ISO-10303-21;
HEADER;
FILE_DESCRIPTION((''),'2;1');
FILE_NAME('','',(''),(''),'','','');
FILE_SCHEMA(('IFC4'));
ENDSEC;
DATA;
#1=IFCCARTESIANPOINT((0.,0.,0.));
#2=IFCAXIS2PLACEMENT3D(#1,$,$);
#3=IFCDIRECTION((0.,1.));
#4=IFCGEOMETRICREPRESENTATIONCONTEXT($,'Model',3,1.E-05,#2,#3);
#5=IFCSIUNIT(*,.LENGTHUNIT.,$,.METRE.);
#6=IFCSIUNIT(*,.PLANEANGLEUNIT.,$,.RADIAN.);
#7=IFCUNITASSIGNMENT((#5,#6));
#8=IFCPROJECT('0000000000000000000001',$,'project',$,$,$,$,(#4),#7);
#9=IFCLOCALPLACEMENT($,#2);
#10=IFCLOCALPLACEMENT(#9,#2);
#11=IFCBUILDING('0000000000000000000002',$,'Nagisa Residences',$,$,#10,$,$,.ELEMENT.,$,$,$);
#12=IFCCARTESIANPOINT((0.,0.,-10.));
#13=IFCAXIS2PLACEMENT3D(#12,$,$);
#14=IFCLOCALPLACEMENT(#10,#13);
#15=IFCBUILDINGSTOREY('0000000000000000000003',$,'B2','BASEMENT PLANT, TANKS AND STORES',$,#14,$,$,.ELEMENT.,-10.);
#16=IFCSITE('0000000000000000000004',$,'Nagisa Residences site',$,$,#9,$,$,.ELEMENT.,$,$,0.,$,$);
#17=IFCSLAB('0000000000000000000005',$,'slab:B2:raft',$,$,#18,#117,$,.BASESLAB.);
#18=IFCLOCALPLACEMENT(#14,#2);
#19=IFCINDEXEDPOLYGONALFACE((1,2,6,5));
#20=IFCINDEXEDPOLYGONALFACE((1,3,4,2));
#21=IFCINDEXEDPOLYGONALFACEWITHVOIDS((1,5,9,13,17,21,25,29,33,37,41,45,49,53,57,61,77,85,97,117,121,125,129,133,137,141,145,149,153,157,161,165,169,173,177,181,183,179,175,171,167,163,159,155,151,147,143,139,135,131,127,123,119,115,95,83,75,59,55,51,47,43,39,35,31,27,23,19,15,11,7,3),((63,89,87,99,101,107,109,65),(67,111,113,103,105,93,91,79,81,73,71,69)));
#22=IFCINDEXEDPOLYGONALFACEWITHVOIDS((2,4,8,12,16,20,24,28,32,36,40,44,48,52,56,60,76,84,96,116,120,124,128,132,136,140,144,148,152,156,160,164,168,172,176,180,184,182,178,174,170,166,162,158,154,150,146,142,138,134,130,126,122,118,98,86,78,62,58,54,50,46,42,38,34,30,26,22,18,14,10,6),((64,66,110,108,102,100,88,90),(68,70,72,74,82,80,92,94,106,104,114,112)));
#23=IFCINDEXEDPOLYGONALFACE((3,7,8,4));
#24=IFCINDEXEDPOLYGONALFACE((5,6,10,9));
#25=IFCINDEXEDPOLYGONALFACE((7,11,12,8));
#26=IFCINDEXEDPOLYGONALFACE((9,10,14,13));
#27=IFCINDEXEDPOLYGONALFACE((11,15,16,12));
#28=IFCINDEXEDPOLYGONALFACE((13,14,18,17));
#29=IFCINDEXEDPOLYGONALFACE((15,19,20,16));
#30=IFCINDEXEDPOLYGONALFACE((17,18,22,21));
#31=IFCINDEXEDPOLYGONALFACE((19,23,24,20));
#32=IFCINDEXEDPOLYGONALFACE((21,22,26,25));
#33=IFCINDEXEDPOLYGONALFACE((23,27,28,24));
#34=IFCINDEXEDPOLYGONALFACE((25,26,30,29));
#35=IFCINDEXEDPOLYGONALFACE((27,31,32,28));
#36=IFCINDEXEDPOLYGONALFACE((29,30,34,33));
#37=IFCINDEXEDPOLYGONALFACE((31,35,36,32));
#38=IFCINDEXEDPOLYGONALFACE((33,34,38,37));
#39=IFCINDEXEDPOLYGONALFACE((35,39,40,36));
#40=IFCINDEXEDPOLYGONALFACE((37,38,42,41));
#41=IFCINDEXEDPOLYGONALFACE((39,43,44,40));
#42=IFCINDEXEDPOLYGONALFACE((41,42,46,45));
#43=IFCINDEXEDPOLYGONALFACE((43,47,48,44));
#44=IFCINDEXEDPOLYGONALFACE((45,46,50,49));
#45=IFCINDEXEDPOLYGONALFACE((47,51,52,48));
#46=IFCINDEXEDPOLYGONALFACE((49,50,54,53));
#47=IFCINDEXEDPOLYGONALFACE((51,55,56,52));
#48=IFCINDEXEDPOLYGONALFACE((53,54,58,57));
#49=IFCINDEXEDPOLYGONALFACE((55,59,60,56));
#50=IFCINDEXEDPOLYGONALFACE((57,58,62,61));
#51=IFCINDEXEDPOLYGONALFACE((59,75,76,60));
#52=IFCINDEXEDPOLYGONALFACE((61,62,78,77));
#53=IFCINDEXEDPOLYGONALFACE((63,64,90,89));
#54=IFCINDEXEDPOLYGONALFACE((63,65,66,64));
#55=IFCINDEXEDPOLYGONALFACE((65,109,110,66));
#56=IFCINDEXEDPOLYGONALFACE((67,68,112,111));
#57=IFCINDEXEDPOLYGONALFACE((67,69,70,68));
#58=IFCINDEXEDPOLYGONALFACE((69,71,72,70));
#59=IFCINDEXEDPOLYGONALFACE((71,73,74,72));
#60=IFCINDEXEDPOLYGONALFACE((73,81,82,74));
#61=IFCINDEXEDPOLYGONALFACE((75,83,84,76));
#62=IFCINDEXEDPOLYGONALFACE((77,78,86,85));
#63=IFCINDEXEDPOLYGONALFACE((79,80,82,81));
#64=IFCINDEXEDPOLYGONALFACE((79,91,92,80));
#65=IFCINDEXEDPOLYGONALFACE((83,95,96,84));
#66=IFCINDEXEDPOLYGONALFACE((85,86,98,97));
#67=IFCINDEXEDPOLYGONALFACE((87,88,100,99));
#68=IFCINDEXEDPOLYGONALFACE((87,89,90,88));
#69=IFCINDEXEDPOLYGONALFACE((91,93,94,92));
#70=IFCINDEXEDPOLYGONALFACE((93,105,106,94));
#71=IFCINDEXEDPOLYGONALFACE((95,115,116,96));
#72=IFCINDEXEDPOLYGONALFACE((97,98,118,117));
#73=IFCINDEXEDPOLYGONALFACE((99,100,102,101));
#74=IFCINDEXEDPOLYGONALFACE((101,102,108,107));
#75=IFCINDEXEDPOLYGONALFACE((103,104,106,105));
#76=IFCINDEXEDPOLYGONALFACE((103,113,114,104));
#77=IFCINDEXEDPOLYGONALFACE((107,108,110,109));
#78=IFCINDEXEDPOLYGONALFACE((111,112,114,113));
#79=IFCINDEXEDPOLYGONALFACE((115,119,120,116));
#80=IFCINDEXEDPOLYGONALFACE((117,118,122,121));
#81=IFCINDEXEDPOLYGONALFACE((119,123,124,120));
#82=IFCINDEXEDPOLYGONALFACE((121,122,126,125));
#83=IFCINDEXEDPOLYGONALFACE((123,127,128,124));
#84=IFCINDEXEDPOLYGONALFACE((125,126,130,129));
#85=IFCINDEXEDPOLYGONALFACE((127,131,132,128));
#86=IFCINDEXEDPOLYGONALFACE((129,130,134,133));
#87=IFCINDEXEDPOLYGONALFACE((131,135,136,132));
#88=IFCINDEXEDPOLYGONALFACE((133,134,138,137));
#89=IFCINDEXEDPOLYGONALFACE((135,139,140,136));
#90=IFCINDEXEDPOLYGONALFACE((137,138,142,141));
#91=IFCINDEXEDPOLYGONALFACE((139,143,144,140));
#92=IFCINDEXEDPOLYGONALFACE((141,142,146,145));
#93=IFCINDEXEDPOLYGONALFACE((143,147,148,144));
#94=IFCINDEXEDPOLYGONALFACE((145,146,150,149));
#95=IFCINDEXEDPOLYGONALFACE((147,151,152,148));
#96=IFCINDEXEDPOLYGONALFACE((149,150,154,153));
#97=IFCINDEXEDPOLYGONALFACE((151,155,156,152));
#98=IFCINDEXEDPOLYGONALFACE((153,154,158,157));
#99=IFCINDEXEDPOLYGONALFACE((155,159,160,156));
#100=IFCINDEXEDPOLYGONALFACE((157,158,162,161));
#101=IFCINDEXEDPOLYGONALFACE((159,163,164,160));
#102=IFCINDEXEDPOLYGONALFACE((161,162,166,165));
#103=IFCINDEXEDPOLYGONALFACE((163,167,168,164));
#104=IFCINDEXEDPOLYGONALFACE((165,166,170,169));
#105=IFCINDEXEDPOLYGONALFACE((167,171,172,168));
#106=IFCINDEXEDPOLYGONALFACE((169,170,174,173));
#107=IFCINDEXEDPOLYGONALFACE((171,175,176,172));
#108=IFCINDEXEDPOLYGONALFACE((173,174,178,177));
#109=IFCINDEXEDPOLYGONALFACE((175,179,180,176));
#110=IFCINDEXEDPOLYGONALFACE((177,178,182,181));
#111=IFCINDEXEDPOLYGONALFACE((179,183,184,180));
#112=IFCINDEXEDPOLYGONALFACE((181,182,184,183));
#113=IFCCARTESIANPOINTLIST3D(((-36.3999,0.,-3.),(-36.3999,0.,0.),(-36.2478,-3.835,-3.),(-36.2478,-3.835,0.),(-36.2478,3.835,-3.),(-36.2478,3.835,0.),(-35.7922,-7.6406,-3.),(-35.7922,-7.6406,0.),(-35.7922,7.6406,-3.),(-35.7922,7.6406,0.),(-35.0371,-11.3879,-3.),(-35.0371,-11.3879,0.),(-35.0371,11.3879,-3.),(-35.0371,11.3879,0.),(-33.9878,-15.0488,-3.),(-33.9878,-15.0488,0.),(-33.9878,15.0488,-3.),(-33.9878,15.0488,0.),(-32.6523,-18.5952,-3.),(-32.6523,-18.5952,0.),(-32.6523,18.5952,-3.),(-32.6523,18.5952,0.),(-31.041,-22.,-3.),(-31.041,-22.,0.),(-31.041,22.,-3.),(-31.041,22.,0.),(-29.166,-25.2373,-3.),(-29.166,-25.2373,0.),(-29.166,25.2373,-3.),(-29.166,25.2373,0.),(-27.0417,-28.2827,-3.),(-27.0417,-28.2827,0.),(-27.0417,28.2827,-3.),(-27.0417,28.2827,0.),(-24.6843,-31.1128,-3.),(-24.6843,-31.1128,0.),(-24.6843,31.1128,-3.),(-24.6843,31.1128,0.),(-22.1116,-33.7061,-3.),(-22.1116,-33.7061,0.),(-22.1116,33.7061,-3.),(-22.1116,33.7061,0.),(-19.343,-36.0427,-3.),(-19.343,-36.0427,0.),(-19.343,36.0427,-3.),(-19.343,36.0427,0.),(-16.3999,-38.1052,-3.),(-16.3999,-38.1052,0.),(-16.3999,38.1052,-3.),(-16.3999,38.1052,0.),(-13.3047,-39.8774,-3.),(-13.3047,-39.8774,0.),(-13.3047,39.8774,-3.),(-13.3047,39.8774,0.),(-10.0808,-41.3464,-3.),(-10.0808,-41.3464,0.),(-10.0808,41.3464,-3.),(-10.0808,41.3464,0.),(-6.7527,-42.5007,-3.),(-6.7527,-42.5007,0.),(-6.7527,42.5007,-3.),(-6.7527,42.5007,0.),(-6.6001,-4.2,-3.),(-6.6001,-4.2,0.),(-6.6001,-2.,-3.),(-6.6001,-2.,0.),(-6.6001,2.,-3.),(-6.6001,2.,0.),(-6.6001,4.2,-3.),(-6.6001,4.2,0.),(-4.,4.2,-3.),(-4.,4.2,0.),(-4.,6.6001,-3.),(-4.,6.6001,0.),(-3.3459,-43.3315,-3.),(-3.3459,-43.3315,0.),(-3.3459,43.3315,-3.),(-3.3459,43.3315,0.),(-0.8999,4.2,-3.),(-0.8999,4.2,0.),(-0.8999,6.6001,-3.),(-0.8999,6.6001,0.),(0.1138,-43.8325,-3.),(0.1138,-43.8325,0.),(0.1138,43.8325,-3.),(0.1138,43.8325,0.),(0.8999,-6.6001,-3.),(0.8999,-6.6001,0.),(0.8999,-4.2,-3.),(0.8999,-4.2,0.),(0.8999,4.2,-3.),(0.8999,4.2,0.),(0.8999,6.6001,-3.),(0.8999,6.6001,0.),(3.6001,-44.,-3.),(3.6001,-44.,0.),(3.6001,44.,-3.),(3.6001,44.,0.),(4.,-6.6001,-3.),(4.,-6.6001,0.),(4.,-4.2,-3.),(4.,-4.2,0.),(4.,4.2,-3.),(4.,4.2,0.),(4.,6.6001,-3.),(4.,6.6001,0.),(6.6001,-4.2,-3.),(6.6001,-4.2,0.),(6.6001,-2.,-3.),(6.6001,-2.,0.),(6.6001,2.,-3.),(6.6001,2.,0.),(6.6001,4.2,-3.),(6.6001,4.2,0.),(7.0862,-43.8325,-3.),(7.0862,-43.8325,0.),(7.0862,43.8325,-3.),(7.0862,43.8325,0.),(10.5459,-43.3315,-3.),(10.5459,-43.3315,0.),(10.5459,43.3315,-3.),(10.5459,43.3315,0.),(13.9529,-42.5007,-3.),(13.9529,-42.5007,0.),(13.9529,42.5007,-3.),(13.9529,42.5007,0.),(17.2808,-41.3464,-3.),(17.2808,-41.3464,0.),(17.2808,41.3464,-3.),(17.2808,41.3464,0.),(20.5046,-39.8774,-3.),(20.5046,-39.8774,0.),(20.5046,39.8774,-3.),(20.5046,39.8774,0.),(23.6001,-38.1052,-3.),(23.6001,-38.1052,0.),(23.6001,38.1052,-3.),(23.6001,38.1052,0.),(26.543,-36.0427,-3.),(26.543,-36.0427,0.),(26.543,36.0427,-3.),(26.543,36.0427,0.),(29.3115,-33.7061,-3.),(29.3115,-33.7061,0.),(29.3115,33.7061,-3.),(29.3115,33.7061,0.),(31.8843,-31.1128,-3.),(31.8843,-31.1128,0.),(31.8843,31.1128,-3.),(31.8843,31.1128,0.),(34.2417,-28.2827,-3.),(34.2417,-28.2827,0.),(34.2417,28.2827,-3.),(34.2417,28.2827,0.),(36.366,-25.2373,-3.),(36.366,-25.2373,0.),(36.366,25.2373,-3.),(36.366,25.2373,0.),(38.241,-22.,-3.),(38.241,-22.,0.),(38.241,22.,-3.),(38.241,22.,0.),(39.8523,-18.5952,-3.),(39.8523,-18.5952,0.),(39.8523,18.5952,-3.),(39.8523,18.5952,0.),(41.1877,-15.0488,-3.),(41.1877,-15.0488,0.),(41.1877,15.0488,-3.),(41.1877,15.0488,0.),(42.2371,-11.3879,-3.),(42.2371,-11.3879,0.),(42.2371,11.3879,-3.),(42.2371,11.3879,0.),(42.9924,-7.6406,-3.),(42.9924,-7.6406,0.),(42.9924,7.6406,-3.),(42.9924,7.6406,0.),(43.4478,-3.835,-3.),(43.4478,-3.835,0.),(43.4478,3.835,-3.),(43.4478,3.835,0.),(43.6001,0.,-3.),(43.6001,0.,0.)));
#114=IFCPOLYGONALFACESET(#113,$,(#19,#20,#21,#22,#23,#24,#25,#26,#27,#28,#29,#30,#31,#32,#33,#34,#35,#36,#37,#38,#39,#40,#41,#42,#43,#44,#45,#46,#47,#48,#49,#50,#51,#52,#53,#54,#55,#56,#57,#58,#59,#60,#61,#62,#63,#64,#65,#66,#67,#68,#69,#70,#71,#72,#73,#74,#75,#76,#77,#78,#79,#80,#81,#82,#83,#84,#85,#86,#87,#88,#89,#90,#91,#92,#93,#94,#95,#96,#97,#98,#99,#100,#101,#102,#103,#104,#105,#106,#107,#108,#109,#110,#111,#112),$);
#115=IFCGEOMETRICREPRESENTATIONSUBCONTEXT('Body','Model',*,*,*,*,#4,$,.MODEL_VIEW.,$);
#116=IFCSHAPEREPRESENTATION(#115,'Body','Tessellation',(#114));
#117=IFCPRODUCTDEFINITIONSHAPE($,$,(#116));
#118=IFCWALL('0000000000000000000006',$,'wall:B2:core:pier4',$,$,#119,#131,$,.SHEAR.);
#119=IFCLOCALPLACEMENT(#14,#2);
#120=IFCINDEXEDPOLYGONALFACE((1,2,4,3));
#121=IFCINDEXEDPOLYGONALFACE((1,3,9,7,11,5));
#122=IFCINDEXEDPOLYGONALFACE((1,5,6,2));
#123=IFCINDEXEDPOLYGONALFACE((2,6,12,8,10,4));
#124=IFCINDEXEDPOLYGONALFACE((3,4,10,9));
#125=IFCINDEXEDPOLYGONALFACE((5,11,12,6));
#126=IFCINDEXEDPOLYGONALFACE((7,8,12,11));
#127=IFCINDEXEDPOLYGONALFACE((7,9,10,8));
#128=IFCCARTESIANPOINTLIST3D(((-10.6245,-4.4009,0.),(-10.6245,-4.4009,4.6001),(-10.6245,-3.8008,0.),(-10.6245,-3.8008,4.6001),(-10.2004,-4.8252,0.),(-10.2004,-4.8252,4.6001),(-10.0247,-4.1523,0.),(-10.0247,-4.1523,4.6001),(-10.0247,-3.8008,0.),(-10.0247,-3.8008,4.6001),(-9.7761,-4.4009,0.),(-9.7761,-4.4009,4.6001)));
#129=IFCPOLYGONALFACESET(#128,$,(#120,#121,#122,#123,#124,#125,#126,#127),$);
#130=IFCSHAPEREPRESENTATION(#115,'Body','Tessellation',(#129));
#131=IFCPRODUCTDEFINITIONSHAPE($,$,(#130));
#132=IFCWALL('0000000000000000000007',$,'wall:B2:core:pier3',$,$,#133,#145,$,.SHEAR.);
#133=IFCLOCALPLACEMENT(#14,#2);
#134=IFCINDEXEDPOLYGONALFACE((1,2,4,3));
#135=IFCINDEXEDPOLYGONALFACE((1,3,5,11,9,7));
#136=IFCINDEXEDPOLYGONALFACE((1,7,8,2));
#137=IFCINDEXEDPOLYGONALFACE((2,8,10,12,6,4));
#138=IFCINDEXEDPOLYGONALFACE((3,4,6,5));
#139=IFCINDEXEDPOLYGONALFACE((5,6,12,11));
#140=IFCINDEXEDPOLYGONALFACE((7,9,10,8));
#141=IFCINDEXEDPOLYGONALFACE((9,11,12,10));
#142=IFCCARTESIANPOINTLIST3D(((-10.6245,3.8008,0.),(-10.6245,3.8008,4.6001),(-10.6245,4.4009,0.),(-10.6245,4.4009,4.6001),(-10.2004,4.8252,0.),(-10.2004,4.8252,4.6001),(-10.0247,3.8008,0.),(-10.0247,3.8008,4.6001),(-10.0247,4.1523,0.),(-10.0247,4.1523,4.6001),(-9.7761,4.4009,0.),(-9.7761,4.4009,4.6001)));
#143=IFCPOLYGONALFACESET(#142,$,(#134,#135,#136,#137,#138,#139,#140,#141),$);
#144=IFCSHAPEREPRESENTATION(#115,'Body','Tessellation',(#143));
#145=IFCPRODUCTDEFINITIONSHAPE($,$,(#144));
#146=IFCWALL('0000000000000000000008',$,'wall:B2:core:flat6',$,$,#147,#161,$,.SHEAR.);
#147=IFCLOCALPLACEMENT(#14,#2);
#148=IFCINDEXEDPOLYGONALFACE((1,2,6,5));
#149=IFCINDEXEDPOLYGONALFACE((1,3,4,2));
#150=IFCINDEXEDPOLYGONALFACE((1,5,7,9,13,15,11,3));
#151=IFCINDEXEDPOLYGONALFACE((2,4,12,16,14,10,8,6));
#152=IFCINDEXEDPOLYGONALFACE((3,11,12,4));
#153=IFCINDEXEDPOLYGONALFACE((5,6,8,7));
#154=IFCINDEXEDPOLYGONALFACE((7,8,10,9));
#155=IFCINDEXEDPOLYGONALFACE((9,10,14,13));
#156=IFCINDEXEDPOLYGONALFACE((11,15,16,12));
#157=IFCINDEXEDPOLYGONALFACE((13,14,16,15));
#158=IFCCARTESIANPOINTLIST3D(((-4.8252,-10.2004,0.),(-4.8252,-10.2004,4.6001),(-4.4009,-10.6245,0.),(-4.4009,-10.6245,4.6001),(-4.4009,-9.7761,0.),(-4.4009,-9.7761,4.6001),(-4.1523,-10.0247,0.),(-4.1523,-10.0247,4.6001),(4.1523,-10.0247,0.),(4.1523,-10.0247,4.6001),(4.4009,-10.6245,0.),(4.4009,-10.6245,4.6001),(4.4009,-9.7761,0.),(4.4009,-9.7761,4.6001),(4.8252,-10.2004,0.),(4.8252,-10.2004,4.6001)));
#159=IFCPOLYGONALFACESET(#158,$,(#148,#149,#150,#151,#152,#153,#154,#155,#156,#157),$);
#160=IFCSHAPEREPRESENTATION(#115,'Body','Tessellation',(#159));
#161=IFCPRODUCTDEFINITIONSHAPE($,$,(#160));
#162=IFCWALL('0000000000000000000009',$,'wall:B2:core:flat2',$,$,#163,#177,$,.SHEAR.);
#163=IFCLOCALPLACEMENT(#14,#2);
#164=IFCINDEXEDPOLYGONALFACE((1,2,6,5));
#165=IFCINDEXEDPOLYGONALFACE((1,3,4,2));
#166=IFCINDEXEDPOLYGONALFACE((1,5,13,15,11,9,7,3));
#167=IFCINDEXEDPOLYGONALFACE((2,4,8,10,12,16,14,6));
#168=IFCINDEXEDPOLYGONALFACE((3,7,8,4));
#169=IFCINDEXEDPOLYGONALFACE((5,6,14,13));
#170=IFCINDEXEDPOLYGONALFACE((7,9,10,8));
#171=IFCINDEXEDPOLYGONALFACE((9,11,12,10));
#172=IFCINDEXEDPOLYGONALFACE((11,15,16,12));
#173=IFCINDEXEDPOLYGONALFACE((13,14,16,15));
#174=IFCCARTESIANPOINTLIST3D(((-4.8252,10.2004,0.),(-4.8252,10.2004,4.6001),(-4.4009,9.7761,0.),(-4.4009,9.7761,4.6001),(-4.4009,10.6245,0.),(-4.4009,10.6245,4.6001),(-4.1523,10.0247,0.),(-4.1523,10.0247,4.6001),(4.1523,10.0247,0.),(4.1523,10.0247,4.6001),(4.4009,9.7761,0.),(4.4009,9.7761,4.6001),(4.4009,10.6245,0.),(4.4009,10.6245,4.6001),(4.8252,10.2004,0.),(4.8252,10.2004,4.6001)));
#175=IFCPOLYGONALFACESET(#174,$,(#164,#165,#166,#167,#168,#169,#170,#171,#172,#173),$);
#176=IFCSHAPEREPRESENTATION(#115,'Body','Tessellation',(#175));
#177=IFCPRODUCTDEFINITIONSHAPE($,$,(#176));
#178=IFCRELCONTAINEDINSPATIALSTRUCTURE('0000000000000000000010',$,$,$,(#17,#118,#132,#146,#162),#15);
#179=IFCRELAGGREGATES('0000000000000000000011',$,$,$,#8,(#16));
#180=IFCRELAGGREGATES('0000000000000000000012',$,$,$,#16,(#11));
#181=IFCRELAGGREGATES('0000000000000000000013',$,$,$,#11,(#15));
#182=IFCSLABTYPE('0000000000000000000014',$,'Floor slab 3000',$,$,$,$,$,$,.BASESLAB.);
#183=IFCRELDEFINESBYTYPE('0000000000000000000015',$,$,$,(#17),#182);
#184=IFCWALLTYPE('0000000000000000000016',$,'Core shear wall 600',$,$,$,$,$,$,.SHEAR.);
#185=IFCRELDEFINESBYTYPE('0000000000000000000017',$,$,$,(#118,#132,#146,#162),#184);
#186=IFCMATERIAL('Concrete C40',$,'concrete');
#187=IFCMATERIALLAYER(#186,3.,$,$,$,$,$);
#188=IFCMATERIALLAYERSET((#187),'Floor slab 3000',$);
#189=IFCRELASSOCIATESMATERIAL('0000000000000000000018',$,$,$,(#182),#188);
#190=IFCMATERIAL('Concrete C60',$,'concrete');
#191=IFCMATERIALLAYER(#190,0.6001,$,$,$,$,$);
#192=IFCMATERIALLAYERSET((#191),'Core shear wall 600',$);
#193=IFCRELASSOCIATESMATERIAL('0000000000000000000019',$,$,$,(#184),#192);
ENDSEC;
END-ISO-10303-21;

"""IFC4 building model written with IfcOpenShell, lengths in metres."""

from ifc_helpers import new_model, si_unit, direction, frame, origin, place, context, subcontext, project, spatial, polyline, outline, extrude, material, layer, layer_set, type_object, element, save


model = new_model("IFC4")

# Units and contexts
model_context = context("Model", 3, precision=1e-05, world=origin(), true_north=direction((0.0, 1.0)))
body_context = subcontext(model_context, "Body", "Model", "MODEL_VIEW")
ifc_project = project(units=[si_unit("LENGTHUNIT", "METRE"), si_unit("PLANEANGLEUNIT", "RADIAN")], contexts=[model_context])

# Site, building, storey
site_placement = place(None, origin())
site = spatial("IfcSite", under=ifc_project, at=site_placement, Name="Nagisa Residences site", CompositionType="ELEMENT", RefElevation=0.0)
building_placement = place(site_placement, origin())
building = spatial("IfcBuilding", under=site, at=building_placement, Name="Nagisa Residences", CompositionType="ELEMENT")
storey_placement = place(building_placement, frame((0.0, 0.0, -10.0)))
storey = spatial("IfcBuildingStorey", under=building, at=storey_placement, Name="B2", Description="BASEMENT PLANT, TANKS AND STORES", CompositionType="ELEMENT", Elevation=-10.0)

# Slab
ifc_material_1 = material(Name="Concrete C40", Category="concrete")
ifc_layer_1 = layer(ifc_material_1, 3.0)
ifc_layer_set_1 = layer_set([ifc_layer_1], Name="Floor slab 3000")
slab_type = type_object("IfcSlabType", Name="Floor slab 3000", PredefinedType="BASESLAB", material=ifc_layer_set_1)
slab_placement = place(storey_placement, frame((0.0, 0.0, -3.0)))
element("IfcSlab", 1, at=slab_placement, inside=storey, type_object=slab_type, Name="slab:B2:raft", PredefinedType="BASESLAB", context=body_context, shape_type="SweptSolid", body=[
    extrude(outline(polyline([(43.6001, 0.0), (43.4478, 3.835), (42.9924, 7.6406), (42.2371, 11.3879), (41.1877, 15.0488), (39.8523, 18.5952), (38.241, 22.0), (36.366, 25.2373), (34.2417, 28.2827), (31.8843, 31.1128), (29.3115, 33.7061), (26.543, 36.0427), (23.6001, 38.1052), (20.5046, 39.8774), (17.2808, 41.3464), (13.9529, 42.5007), (10.5459, 43.3315), (7.0862, 43.8325), (3.6001, 44.0), (0.1138, 43.8325), (-3.3459, 43.3315), (-6.7527, 42.5007), (-10.0808, 41.3464), (-13.3047, 39.8774), (-16.3999, 38.1052), (-19.343, 36.0427), (-22.1116, 33.7061), (-24.6843, 31.1128), (-27.0417, 28.2827), (-29.166, 25.2373), (-31.041, 22.0), (-32.6523, 18.5952), (-33.9878, 15.0488), (-35.0371, 11.3879), (-35.7922, 7.6406), (-36.2478, 3.835), (-36.3999, 0.0), (-36.2478, -3.835), (-35.7922, -7.6406), (-35.0371, -11.3879), (-33.9878, -15.0488), (-32.6523, -18.5952), (-31.041, -22.0), (-29.166, -25.2373), (-27.0417, -28.2827), (-24.6843, -31.1128), (-22.1116, -33.7061), (-19.343, -36.0427), (-16.3999, -38.1052), (-13.3047, -39.8774), (-10.0808, -41.3464), (-6.7527, -42.5007), (-3.3459, -43.3315), (0.1138, -43.8325), (3.6001, -44.0), (7.0862, -43.8325), (10.5459, -43.3315), (13.9529, -42.5007), (17.2808, -41.3464), (20.5046, -39.8774), (23.6001, -38.1052), (26.543, -36.0427), (29.3115, -33.7061), (31.8843, -31.1128), (34.2417, -28.2827), (36.366, -25.2373), (38.241, -22.0), (39.8523, -18.5952), (41.1877, -15.0488), (42.2371, -11.3879), (42.9924, -7.6406), (43.4478, -3.835), (43.6001, 0.0)]), holes=[polyline([(-4.0, 4.2), (-4.0, 6.6001), (-0.8999, 6.6001), (-0.8999, 4.2), (0.8999, 4.2), (0.8999, 6.6001), (4.0, 6.6001), (4.0, 4.2), (6.6001, 4.2), (6.6001, 2.0), (-6.6001, 2.0), (-6.6001, 4.2), (-4.0, 4.2)]), polyline([(-6.6001, -2.0), (6.6001, -2.0), (6.6001, -4.2), (4.0, -4.2), (4.0, -6.6001), (0.8999, -6.6001), (0.8999, -4.2), (-6.6001, -4.2), (-6.6001, -2.0)])]), origin(), (0.0, 0.0, 1.0), 3.0),
])

# Walls
ifc_material_2 = material(Name="Concrete C60", Category="concrete")
ifc_layer_2 = layer(ifc_material_2, 0.6001)
ifc_layer_set_2 = layer_set([ifc_layer_2], Name="Core shear wall 600")
wall_type_1 = type_object("IfcWallType", Name="Core shear wall 600", PredefinedType="SHEAR", material=ifc_layer_set_2)
wall_1_placement = place(storey_placement, origin())
element("IfcWall", 2, at=wall_1_placement, inside=storey, type_object=wall_type_1, Name="wall:B2:core:pier4", PredefinedType="SHEAR", context=body_context, shape_type="SweptSolid", body=[
    extrude(outline(polyline([(-10.6245, -3.8008), (-10.0247, -3.8008), (-10.0247, -4.1523), (-9.7761, -4.4009), (-10.2004, -4.8252), (-10.6245, -4.4009), (-10.6245, -3.8008)])), origin(), (0.0, 0.0, 1.0), 4.6001),
])
wall_2_placement = place(storey_placement, origin())
element("IfcWall", 3, at=wall_2_placement, inside=storey, type_object=wall_type_1, Name="wall:B2:core:pier3", PredefinedType="SHEAR", context=body_context, shape_type="SweptSolid", body=[
    extrude(outline(polyline([(-10.2004, 4.8252), (-9.7761, 4.4009), (-10.0247, 4.1523), (-10.0247, 3.8008), (-10.6245, 3.8008), (-10.6245, 4.4009), (-10.2004, 4.8252)])), origin(), (0.0, 0.0, 1.0), 4.6001),
])
wall_3_placement = place(storey_placement, origin())
element("IfcWall", 4, at=wall_3_placement, inside=storey, type_object=wall_type_1, Name="wall:B2:core:flat6", PredefinedType="SHEAR", context=body_context, shape_type="SweptSolid", body=[
    extrude(outline(polyline([(-4.1523, -10.0247), (4.1523, -10.0247), (4.4009, -9.7761), (4.8252, -10.2004), (4.4009, -10.6245), (-4.4009, -10.6245), (-4.8252, -10.2004), (-4.4009, -9.7761), (-4.1523, -10.0247)])), origin(), (0.0, 0.0, 1.0), 4.6001),
])
wall_4_placement = place(storey_placement, origin())
element("IfcWall", 5, at=wall_4_placement, inside=storey, type_object=wall_type_1, Name="wall:B2:core:flat2", PredefinedType="SHEAR", context=body_context, shape_type="SweptSolid", body=[
    extrude(outline(polyline([(-4.1523, 10.0247), (-4.4009, 9.7761), (-4.8252, 10.2004), (-4.4009, 10.6245), (4.4009, 10.6245), (4.8252, 10.2004), (4.4009, 9.7761), (4.1523, 10.0247), (-4.1523, 10.0247)])), origin(), (0.0, 0.0, 1.0), 4.6001),
])

save(model, "model.ifc")
